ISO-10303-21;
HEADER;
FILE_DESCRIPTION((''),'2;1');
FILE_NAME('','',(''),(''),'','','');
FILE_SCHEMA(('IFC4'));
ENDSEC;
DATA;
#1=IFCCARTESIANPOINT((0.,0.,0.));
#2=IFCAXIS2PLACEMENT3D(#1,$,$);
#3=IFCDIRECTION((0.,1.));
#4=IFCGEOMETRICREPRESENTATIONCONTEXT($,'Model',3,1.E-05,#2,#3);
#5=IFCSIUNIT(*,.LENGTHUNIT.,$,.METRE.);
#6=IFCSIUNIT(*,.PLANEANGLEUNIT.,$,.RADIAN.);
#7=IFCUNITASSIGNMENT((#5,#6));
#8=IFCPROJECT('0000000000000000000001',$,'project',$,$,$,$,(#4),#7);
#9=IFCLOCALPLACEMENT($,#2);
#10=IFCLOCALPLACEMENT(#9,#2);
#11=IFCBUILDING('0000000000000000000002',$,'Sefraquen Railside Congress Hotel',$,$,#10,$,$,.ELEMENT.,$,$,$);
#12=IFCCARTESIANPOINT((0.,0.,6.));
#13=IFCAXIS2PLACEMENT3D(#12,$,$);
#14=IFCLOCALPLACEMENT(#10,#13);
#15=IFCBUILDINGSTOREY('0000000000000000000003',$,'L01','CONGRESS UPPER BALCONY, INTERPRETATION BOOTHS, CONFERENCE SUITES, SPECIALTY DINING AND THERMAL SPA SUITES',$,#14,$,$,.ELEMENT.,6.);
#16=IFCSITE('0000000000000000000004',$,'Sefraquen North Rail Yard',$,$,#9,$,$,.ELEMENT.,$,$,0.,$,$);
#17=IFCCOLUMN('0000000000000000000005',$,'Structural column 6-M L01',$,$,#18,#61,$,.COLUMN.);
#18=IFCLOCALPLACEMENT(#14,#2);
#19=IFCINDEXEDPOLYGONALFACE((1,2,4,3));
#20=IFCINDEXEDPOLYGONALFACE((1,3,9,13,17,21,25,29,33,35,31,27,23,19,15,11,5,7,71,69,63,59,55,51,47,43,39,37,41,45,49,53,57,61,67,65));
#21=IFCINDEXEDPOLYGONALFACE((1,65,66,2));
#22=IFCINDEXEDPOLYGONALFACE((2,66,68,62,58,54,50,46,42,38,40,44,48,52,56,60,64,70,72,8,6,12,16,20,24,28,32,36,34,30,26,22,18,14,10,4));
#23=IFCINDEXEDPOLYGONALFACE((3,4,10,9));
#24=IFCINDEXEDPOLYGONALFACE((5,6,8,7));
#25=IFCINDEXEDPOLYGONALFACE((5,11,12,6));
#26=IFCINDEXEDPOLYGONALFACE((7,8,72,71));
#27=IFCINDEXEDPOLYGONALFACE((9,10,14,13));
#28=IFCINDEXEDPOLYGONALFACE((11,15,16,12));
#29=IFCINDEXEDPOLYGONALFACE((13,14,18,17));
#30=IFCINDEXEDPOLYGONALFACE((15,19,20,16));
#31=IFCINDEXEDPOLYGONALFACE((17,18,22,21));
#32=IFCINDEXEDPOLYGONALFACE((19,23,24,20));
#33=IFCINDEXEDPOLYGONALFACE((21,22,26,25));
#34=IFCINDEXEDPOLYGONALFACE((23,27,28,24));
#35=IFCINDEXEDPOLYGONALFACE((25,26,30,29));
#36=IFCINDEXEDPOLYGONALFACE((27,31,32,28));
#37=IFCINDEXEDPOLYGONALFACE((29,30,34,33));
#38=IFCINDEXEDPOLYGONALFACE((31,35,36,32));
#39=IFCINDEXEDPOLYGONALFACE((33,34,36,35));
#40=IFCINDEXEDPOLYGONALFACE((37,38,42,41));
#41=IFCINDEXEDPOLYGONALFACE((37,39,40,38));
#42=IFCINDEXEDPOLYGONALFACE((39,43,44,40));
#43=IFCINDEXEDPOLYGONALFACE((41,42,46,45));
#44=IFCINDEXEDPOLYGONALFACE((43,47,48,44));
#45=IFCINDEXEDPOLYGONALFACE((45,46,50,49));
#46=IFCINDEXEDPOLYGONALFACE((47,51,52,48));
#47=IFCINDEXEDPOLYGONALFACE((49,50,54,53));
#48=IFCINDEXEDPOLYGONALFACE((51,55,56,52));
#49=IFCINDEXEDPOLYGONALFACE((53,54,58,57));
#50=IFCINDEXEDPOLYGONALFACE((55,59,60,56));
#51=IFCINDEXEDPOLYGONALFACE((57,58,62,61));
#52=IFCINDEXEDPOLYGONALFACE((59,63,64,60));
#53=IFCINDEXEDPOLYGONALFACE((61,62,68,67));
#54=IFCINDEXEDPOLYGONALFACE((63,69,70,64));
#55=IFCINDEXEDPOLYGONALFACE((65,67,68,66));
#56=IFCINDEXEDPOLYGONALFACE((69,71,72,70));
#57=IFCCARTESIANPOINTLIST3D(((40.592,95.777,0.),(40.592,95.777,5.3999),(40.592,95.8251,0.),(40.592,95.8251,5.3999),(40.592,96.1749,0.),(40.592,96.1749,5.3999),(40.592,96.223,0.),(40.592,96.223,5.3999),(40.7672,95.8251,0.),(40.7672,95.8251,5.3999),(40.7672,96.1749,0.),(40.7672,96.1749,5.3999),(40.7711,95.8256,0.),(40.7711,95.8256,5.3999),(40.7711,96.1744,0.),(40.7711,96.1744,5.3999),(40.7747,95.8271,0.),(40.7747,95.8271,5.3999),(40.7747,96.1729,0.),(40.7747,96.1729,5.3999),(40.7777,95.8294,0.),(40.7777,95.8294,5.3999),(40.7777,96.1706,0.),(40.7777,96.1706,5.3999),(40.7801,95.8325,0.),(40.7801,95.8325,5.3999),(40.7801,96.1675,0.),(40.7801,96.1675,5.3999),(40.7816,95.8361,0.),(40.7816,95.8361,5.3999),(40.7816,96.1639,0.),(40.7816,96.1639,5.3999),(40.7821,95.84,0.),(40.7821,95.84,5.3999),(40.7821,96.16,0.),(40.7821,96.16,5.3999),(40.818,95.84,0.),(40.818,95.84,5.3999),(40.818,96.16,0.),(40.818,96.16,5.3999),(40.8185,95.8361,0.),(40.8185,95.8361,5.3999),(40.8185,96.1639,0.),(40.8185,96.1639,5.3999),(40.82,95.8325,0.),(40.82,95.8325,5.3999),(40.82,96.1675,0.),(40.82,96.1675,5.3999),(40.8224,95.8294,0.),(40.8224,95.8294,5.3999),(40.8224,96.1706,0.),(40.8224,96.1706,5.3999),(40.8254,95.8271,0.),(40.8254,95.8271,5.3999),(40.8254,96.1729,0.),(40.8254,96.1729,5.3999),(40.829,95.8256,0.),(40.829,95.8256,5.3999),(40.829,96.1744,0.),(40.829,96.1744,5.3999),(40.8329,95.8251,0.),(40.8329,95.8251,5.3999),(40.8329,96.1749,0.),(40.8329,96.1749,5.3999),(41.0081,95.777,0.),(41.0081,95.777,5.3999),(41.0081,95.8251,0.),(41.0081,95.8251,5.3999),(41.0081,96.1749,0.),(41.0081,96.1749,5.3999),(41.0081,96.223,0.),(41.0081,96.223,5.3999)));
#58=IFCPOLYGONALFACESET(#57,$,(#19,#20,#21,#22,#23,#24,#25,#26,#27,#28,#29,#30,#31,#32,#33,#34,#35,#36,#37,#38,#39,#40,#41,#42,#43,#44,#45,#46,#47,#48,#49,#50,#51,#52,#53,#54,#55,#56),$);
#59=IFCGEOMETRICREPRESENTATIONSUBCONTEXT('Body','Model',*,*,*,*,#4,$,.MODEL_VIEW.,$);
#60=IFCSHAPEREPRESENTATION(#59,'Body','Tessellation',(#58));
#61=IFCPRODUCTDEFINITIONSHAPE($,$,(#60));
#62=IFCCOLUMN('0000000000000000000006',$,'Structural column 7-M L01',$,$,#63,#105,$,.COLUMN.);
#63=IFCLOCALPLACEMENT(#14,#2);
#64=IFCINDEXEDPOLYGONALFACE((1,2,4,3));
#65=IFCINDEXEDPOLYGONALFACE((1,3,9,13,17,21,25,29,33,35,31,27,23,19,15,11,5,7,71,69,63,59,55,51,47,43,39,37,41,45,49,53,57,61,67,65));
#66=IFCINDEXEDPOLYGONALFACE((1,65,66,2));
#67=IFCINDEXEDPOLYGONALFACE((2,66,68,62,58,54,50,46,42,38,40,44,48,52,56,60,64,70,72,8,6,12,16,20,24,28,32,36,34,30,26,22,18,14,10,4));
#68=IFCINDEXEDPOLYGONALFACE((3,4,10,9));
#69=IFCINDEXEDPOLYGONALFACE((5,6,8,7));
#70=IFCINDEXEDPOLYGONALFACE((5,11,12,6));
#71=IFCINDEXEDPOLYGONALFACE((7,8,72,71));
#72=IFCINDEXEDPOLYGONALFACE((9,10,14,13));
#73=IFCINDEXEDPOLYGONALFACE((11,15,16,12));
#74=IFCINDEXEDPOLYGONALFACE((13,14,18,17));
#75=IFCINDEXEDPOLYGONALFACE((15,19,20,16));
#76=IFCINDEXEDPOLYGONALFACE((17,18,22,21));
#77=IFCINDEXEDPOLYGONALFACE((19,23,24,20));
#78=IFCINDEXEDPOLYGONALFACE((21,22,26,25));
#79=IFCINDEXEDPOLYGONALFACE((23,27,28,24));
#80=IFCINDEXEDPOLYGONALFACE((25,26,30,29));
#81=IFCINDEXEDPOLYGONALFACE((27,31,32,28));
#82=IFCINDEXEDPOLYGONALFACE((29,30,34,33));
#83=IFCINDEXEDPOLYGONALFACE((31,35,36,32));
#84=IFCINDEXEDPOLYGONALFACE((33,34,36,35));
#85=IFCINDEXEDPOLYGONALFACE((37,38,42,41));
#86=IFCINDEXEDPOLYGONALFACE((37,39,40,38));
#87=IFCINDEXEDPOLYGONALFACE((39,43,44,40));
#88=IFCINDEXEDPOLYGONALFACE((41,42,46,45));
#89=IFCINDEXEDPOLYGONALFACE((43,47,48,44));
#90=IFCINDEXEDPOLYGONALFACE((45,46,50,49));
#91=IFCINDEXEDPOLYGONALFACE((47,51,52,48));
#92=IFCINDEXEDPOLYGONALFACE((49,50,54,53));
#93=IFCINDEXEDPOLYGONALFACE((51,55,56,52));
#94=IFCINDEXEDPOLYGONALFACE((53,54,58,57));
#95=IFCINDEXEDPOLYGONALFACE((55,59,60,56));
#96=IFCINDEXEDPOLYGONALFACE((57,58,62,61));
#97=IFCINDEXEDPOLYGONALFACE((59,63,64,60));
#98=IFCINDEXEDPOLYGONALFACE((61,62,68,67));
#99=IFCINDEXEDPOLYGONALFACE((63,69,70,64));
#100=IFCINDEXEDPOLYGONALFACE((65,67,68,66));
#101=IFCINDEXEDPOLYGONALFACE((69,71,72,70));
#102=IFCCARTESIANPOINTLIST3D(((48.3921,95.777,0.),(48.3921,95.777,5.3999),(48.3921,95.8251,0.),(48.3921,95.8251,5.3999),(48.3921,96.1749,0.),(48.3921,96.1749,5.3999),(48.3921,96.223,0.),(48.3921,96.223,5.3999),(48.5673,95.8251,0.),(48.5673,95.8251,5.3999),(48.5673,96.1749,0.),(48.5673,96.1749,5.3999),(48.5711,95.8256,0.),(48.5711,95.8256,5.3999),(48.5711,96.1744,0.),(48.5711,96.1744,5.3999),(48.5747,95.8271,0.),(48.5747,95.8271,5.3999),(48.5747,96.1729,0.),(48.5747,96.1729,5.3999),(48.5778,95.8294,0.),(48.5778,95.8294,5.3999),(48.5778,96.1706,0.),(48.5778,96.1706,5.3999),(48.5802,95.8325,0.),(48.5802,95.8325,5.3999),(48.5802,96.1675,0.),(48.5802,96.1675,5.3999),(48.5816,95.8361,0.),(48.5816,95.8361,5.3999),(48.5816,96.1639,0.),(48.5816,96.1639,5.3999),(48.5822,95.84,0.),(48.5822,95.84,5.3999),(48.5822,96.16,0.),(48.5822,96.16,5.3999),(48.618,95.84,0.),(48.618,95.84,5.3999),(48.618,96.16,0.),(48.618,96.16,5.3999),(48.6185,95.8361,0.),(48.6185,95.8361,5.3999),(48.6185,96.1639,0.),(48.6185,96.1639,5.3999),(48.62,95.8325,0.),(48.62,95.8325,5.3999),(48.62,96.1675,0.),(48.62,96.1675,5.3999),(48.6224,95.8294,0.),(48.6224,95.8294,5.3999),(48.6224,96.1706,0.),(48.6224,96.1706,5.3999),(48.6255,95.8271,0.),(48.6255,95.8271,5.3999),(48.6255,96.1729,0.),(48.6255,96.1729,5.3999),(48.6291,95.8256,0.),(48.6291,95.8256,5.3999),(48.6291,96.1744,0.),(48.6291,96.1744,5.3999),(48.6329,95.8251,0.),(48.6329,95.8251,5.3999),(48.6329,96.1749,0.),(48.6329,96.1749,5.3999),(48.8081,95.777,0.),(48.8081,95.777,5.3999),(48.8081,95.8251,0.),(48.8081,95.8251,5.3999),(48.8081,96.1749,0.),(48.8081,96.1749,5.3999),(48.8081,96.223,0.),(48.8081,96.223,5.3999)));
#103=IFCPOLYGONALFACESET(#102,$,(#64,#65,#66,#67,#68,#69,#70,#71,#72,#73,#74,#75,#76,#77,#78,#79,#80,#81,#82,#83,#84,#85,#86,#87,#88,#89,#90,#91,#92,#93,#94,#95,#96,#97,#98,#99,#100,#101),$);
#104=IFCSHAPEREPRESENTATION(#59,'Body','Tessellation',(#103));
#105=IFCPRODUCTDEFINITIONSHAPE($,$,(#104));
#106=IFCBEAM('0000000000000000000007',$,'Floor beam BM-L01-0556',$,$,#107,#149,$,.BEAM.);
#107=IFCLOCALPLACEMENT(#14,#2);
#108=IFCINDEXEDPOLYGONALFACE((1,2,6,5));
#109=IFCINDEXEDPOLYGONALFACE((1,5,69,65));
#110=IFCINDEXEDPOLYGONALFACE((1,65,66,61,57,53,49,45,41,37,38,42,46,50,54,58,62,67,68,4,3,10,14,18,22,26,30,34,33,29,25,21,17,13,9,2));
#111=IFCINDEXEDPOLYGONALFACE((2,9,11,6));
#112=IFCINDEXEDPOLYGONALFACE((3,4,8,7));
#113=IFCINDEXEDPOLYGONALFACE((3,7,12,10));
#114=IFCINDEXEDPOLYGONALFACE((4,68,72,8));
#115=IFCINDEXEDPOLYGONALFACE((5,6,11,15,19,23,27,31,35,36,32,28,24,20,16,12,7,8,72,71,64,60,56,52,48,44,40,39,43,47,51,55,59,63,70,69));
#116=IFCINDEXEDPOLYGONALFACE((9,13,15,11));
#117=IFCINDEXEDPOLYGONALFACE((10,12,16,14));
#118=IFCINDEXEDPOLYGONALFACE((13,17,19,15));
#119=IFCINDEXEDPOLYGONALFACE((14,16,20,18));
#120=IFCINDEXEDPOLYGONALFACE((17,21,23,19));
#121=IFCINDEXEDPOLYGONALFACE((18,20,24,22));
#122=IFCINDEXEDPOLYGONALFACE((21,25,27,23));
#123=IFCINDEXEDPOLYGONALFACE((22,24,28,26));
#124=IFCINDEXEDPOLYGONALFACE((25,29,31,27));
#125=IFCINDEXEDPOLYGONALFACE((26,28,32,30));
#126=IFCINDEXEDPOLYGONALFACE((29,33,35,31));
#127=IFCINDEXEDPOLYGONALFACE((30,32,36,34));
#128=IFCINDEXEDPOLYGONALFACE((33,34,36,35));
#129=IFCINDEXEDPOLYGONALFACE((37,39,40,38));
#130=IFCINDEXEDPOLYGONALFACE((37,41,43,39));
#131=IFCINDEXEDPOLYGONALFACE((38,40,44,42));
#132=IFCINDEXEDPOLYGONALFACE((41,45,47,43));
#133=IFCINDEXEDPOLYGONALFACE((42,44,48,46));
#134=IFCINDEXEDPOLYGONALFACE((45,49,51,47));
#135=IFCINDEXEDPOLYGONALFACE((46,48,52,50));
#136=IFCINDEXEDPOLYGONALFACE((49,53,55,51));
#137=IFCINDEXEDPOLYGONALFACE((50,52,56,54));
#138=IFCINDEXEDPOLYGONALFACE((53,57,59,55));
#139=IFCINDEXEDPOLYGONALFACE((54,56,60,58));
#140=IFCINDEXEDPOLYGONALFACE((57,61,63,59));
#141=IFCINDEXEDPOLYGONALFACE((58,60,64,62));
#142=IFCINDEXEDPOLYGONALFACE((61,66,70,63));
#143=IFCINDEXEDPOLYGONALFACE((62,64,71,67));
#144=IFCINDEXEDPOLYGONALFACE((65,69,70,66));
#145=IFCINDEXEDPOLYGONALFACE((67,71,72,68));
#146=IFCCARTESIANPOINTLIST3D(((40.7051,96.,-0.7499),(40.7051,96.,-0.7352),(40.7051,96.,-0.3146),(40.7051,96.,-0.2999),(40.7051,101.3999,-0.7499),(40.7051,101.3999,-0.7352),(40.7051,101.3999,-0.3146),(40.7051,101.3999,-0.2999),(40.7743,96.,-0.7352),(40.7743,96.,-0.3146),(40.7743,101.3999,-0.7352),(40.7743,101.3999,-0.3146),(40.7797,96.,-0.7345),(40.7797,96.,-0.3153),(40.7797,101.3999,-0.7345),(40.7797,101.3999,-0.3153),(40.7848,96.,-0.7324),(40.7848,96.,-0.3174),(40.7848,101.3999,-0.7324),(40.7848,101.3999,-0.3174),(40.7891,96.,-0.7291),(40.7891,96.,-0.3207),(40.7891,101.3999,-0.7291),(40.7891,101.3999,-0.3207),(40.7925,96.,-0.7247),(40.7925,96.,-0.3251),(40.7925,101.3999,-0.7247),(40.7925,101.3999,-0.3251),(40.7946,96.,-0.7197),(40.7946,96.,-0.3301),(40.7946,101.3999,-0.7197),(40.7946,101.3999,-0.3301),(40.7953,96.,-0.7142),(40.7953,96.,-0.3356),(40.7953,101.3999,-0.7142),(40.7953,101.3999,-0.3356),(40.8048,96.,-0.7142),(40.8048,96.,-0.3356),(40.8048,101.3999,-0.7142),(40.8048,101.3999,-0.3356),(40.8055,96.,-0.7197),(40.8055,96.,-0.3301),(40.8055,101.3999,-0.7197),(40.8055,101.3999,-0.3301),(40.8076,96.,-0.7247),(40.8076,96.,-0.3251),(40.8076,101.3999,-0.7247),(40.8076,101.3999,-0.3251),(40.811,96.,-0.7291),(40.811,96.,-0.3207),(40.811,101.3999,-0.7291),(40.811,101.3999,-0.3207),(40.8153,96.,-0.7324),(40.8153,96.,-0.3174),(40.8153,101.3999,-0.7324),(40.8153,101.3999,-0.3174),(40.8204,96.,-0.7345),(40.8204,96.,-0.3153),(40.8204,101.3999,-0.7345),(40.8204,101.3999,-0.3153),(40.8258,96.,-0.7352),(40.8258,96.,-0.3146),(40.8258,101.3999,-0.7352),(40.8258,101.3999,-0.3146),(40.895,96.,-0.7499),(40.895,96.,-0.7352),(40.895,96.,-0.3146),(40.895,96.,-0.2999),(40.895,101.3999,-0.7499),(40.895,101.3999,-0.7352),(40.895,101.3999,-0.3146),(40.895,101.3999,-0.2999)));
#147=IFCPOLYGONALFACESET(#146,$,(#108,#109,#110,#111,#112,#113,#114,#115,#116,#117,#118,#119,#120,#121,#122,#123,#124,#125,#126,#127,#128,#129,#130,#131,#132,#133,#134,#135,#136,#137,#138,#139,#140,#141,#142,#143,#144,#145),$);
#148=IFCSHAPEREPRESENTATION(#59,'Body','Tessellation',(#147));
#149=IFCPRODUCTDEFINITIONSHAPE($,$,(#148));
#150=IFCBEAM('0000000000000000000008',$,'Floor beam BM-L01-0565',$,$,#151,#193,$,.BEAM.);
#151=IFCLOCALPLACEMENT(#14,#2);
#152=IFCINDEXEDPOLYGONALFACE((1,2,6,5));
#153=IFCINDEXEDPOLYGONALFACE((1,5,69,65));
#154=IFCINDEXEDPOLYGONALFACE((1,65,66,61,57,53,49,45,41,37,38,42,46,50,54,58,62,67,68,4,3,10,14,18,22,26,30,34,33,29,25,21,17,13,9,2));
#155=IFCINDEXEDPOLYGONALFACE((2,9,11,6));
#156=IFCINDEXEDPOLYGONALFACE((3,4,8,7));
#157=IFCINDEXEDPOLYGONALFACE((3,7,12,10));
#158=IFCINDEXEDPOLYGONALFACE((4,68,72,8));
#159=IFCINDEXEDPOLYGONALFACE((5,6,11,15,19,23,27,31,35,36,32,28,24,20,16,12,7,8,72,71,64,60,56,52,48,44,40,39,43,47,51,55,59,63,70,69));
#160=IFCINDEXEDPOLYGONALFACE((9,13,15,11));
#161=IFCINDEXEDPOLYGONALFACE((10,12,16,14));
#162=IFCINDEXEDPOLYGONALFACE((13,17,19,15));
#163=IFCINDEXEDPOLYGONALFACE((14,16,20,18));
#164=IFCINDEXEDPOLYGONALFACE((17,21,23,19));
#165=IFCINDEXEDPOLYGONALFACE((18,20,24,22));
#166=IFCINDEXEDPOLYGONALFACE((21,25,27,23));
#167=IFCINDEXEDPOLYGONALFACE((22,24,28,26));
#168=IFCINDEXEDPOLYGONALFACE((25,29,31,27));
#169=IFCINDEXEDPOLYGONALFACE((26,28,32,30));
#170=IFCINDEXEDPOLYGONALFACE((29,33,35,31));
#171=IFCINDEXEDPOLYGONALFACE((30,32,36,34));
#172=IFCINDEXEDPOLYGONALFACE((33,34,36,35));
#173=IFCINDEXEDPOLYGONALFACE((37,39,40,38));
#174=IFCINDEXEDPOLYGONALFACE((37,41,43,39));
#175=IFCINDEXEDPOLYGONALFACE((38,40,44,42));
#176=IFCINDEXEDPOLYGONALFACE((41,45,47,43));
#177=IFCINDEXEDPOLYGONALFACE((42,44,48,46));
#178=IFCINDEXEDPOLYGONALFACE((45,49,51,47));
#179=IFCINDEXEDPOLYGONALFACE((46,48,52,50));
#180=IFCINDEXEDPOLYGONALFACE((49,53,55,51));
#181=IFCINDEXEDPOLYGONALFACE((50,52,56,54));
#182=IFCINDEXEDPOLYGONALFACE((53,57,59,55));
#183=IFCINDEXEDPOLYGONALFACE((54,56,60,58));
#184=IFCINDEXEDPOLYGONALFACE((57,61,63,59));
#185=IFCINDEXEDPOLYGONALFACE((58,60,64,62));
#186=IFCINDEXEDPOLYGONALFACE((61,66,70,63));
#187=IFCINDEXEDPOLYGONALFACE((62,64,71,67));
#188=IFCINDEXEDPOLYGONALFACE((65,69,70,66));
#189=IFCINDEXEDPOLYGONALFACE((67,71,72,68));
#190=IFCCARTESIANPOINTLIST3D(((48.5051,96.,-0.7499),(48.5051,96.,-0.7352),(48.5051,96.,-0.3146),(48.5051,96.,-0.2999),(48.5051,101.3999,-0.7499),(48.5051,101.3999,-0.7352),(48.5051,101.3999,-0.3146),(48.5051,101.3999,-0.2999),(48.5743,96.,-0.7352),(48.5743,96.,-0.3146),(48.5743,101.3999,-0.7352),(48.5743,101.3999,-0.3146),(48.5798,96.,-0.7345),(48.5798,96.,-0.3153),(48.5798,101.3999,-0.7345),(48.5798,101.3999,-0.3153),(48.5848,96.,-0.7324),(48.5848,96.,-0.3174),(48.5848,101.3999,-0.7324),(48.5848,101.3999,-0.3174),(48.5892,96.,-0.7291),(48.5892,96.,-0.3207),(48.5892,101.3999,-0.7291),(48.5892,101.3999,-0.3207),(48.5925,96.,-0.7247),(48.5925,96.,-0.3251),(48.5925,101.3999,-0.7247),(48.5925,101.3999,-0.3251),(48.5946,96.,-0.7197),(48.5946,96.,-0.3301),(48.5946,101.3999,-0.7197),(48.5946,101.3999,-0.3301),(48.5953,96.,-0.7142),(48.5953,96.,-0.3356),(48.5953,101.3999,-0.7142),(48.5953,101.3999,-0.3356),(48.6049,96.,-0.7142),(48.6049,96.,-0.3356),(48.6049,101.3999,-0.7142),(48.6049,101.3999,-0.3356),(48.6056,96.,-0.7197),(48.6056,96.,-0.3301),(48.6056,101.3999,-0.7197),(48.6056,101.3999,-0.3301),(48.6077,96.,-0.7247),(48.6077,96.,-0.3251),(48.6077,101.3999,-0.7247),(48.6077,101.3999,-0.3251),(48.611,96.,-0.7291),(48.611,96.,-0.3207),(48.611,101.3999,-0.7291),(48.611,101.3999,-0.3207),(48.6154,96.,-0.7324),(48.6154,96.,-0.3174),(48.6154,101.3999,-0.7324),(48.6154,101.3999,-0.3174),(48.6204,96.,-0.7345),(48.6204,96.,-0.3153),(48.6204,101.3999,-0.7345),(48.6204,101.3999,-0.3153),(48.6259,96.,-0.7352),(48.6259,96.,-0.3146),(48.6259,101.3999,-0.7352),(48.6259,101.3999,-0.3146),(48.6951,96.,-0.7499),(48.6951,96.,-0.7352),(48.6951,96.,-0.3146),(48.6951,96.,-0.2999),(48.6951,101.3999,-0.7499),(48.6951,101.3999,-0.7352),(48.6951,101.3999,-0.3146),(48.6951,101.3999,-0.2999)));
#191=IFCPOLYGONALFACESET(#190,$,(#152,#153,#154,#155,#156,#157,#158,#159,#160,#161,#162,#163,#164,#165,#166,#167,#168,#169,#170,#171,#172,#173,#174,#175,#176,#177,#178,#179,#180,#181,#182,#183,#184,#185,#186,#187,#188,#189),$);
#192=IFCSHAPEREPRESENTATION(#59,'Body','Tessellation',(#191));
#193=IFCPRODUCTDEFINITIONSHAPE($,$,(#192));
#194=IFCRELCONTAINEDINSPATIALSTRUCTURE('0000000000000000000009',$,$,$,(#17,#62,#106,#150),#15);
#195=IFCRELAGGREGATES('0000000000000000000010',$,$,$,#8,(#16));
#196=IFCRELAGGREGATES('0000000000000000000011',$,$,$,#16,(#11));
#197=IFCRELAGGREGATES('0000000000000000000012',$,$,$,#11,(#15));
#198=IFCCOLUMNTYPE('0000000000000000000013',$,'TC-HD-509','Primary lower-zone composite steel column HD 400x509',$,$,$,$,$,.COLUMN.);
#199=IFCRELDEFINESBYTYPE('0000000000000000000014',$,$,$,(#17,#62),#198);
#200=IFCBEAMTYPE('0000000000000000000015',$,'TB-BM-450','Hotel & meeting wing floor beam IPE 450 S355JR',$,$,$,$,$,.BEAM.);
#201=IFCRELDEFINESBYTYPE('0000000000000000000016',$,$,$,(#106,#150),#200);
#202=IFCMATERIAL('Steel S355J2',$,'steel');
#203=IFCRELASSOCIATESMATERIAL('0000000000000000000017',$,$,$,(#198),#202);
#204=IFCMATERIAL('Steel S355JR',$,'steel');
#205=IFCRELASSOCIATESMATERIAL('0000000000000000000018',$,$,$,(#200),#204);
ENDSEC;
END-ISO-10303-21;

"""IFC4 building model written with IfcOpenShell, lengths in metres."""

from ifc_helpers import new_model, si_unit, direction, frame, origin, origin_2d, place, context, subcontext, project, spatial, i_section, extrude, material, material_profile, profile_set, type_object, element, save


model = new_model("IFC4")

# Units and contexts
model_context = context("Model", 3, precision=1e-05, world=origin(), true_north=direction((0.0, 1.0)))
body_context = subcontext(model_context, "Body", "Model", "MODEL_VIEW")
ifc_project = project(units=[si_unit("LENGTHUNIT", "METRE"), si_unit("PLANEANGLEUNIT", "RADIAN")], contexts=[model_context])

# Site, building, storey
site_placement = place(None, origin())
site = spatial("IfcSite", under=ifc_project, at=site_placement, Name="Sefraquen North Rail Yard", CompositionType="ELEMENT", RefElevation=0.0)
building_placement = place(site_placement, origin())
building = spatial("IfcBuilding", under=site, at=building_placement, Name="Sefraquen Railside Congress Hotel", CompositionType="ELEMENT")
storey_placement = place(building_placement, frame((0.0, 0.0, 6.0)))
storey = spatial("IfcBuildingStorey", under=building, at=storey_placement, Name="L01", Description="CONGRESS UPPER BALCONY, INTERPRETATION BOOTHS, CONFERENCE SUITES, SPECIALTY DINING AND THERMAL SPA SUITES", CompositionType="ELEMENT", Elevation=6.0)

# Columns
ifc_material_1 = material(Name="Steel S355J2", Category="steel")
ifc_material_profile_1 = material_profile(ifc_material_1, i_section(OverallWidth=0.416, OverallDepth=0.446, WebThickness=0.0359, FlangeThickness=0.0481, FilletRadius=0.0149, at=origin_2d()), Name="HD 400x509")
ifc_profile_set_1 = profile_set([ifc_material_profile_1], Name="Steel S355J2")
column_type = type_object("IfcColumnType", Name="TC-HD-509", Description="Primary lower-zone composite steel column HD 400x509", PredefinedType="COLUMN", material=ifc_profile_set_1)
for number, where, z_axis, x_axis, name in (
    (1, (40.8, 96.0, 0.0), (0.0, 0.0, 1.0), (1.0, 0.0, 0.0), "Structural column 6-M L01"),
    (2, (48.6001, 96.0, 0.0), (0.0, 0.0, 1.0), (1.0, 0.0, 0.0), "Structural column 7-M L01"),
):
    element("IfcColumn", number, at=place(storey_placement, frame(where, z_axis=z_axis, x_axis=x_axis)), inside=storey, type_object=column_type, Name=name, PredefinedType="COLUMN", context=body_context, shape_type="SweptSolid", body=[
        extrude(i_section(OverallWidth=0.416, OverallDepth=0.446, WebThickness=0.0359, FlangeThickness=0.0481, FilletRadius=0.0149, at=origin_2d()), origin(), (0.0, 0.0, 1.0), 5.3999),
    ])

# Beams
ifc_material_2 = material(Name="Steel S355JR", Category="steel")
ifc_material_profile_2 = material_profile(ifc_material_2, i_section(OverallWidth=0.1899, OverallDepth=0.45, WebThickness=0.0095, FlangeThickness=0.0146, FilletRadius=0.021, at=origin_2d()), Name="IPE 450")
ifc_profile_set_2 = profile_set([ifc_material_profile_2], Name="Steel S355JR")
beam_type_1 = type_object("IfcBeamType", Name="TB-BM-450", Description="Hotel & meeting wing floor beam IPE 450 S355JR", PredefinedType="BEAM", material=ifc_profile_set_2)
for number, where, z_axis, x_axis, name in (
    (3, (40.8, 96.0, -0.5249), (0.0, 1.0, 0.0), (-1.0, 0.0, 0.0), "Floor beam BM-L01-0556"),
    (4, (48.6001, 96.0, -0.5249), (0.0, 1.0, 0.0), (-1.0, 0.0, 0.0), "Floor beam BM-L01-0565"),
):
    element("IfcBeam", number, at=place(storey_placement, frame(where, z_axis=z_axis, x_axis=x_axis)), inside=storey, type_object=beam_type_1, Name=name, PredefinedType="BEAM", context=body_context, shape_type="SweptSolid", body=[
        extrude(i_section(OverallWidth=0.1899, OverallDepth=0.45, WebThickness=0.0095, FlangeThickness=0.0146, FilletRadius=0.021, at=origin_2d()), origin(), (0.0, 0.0, 1.0), 5.3999),
    ])

save(model, "model.ifc")
